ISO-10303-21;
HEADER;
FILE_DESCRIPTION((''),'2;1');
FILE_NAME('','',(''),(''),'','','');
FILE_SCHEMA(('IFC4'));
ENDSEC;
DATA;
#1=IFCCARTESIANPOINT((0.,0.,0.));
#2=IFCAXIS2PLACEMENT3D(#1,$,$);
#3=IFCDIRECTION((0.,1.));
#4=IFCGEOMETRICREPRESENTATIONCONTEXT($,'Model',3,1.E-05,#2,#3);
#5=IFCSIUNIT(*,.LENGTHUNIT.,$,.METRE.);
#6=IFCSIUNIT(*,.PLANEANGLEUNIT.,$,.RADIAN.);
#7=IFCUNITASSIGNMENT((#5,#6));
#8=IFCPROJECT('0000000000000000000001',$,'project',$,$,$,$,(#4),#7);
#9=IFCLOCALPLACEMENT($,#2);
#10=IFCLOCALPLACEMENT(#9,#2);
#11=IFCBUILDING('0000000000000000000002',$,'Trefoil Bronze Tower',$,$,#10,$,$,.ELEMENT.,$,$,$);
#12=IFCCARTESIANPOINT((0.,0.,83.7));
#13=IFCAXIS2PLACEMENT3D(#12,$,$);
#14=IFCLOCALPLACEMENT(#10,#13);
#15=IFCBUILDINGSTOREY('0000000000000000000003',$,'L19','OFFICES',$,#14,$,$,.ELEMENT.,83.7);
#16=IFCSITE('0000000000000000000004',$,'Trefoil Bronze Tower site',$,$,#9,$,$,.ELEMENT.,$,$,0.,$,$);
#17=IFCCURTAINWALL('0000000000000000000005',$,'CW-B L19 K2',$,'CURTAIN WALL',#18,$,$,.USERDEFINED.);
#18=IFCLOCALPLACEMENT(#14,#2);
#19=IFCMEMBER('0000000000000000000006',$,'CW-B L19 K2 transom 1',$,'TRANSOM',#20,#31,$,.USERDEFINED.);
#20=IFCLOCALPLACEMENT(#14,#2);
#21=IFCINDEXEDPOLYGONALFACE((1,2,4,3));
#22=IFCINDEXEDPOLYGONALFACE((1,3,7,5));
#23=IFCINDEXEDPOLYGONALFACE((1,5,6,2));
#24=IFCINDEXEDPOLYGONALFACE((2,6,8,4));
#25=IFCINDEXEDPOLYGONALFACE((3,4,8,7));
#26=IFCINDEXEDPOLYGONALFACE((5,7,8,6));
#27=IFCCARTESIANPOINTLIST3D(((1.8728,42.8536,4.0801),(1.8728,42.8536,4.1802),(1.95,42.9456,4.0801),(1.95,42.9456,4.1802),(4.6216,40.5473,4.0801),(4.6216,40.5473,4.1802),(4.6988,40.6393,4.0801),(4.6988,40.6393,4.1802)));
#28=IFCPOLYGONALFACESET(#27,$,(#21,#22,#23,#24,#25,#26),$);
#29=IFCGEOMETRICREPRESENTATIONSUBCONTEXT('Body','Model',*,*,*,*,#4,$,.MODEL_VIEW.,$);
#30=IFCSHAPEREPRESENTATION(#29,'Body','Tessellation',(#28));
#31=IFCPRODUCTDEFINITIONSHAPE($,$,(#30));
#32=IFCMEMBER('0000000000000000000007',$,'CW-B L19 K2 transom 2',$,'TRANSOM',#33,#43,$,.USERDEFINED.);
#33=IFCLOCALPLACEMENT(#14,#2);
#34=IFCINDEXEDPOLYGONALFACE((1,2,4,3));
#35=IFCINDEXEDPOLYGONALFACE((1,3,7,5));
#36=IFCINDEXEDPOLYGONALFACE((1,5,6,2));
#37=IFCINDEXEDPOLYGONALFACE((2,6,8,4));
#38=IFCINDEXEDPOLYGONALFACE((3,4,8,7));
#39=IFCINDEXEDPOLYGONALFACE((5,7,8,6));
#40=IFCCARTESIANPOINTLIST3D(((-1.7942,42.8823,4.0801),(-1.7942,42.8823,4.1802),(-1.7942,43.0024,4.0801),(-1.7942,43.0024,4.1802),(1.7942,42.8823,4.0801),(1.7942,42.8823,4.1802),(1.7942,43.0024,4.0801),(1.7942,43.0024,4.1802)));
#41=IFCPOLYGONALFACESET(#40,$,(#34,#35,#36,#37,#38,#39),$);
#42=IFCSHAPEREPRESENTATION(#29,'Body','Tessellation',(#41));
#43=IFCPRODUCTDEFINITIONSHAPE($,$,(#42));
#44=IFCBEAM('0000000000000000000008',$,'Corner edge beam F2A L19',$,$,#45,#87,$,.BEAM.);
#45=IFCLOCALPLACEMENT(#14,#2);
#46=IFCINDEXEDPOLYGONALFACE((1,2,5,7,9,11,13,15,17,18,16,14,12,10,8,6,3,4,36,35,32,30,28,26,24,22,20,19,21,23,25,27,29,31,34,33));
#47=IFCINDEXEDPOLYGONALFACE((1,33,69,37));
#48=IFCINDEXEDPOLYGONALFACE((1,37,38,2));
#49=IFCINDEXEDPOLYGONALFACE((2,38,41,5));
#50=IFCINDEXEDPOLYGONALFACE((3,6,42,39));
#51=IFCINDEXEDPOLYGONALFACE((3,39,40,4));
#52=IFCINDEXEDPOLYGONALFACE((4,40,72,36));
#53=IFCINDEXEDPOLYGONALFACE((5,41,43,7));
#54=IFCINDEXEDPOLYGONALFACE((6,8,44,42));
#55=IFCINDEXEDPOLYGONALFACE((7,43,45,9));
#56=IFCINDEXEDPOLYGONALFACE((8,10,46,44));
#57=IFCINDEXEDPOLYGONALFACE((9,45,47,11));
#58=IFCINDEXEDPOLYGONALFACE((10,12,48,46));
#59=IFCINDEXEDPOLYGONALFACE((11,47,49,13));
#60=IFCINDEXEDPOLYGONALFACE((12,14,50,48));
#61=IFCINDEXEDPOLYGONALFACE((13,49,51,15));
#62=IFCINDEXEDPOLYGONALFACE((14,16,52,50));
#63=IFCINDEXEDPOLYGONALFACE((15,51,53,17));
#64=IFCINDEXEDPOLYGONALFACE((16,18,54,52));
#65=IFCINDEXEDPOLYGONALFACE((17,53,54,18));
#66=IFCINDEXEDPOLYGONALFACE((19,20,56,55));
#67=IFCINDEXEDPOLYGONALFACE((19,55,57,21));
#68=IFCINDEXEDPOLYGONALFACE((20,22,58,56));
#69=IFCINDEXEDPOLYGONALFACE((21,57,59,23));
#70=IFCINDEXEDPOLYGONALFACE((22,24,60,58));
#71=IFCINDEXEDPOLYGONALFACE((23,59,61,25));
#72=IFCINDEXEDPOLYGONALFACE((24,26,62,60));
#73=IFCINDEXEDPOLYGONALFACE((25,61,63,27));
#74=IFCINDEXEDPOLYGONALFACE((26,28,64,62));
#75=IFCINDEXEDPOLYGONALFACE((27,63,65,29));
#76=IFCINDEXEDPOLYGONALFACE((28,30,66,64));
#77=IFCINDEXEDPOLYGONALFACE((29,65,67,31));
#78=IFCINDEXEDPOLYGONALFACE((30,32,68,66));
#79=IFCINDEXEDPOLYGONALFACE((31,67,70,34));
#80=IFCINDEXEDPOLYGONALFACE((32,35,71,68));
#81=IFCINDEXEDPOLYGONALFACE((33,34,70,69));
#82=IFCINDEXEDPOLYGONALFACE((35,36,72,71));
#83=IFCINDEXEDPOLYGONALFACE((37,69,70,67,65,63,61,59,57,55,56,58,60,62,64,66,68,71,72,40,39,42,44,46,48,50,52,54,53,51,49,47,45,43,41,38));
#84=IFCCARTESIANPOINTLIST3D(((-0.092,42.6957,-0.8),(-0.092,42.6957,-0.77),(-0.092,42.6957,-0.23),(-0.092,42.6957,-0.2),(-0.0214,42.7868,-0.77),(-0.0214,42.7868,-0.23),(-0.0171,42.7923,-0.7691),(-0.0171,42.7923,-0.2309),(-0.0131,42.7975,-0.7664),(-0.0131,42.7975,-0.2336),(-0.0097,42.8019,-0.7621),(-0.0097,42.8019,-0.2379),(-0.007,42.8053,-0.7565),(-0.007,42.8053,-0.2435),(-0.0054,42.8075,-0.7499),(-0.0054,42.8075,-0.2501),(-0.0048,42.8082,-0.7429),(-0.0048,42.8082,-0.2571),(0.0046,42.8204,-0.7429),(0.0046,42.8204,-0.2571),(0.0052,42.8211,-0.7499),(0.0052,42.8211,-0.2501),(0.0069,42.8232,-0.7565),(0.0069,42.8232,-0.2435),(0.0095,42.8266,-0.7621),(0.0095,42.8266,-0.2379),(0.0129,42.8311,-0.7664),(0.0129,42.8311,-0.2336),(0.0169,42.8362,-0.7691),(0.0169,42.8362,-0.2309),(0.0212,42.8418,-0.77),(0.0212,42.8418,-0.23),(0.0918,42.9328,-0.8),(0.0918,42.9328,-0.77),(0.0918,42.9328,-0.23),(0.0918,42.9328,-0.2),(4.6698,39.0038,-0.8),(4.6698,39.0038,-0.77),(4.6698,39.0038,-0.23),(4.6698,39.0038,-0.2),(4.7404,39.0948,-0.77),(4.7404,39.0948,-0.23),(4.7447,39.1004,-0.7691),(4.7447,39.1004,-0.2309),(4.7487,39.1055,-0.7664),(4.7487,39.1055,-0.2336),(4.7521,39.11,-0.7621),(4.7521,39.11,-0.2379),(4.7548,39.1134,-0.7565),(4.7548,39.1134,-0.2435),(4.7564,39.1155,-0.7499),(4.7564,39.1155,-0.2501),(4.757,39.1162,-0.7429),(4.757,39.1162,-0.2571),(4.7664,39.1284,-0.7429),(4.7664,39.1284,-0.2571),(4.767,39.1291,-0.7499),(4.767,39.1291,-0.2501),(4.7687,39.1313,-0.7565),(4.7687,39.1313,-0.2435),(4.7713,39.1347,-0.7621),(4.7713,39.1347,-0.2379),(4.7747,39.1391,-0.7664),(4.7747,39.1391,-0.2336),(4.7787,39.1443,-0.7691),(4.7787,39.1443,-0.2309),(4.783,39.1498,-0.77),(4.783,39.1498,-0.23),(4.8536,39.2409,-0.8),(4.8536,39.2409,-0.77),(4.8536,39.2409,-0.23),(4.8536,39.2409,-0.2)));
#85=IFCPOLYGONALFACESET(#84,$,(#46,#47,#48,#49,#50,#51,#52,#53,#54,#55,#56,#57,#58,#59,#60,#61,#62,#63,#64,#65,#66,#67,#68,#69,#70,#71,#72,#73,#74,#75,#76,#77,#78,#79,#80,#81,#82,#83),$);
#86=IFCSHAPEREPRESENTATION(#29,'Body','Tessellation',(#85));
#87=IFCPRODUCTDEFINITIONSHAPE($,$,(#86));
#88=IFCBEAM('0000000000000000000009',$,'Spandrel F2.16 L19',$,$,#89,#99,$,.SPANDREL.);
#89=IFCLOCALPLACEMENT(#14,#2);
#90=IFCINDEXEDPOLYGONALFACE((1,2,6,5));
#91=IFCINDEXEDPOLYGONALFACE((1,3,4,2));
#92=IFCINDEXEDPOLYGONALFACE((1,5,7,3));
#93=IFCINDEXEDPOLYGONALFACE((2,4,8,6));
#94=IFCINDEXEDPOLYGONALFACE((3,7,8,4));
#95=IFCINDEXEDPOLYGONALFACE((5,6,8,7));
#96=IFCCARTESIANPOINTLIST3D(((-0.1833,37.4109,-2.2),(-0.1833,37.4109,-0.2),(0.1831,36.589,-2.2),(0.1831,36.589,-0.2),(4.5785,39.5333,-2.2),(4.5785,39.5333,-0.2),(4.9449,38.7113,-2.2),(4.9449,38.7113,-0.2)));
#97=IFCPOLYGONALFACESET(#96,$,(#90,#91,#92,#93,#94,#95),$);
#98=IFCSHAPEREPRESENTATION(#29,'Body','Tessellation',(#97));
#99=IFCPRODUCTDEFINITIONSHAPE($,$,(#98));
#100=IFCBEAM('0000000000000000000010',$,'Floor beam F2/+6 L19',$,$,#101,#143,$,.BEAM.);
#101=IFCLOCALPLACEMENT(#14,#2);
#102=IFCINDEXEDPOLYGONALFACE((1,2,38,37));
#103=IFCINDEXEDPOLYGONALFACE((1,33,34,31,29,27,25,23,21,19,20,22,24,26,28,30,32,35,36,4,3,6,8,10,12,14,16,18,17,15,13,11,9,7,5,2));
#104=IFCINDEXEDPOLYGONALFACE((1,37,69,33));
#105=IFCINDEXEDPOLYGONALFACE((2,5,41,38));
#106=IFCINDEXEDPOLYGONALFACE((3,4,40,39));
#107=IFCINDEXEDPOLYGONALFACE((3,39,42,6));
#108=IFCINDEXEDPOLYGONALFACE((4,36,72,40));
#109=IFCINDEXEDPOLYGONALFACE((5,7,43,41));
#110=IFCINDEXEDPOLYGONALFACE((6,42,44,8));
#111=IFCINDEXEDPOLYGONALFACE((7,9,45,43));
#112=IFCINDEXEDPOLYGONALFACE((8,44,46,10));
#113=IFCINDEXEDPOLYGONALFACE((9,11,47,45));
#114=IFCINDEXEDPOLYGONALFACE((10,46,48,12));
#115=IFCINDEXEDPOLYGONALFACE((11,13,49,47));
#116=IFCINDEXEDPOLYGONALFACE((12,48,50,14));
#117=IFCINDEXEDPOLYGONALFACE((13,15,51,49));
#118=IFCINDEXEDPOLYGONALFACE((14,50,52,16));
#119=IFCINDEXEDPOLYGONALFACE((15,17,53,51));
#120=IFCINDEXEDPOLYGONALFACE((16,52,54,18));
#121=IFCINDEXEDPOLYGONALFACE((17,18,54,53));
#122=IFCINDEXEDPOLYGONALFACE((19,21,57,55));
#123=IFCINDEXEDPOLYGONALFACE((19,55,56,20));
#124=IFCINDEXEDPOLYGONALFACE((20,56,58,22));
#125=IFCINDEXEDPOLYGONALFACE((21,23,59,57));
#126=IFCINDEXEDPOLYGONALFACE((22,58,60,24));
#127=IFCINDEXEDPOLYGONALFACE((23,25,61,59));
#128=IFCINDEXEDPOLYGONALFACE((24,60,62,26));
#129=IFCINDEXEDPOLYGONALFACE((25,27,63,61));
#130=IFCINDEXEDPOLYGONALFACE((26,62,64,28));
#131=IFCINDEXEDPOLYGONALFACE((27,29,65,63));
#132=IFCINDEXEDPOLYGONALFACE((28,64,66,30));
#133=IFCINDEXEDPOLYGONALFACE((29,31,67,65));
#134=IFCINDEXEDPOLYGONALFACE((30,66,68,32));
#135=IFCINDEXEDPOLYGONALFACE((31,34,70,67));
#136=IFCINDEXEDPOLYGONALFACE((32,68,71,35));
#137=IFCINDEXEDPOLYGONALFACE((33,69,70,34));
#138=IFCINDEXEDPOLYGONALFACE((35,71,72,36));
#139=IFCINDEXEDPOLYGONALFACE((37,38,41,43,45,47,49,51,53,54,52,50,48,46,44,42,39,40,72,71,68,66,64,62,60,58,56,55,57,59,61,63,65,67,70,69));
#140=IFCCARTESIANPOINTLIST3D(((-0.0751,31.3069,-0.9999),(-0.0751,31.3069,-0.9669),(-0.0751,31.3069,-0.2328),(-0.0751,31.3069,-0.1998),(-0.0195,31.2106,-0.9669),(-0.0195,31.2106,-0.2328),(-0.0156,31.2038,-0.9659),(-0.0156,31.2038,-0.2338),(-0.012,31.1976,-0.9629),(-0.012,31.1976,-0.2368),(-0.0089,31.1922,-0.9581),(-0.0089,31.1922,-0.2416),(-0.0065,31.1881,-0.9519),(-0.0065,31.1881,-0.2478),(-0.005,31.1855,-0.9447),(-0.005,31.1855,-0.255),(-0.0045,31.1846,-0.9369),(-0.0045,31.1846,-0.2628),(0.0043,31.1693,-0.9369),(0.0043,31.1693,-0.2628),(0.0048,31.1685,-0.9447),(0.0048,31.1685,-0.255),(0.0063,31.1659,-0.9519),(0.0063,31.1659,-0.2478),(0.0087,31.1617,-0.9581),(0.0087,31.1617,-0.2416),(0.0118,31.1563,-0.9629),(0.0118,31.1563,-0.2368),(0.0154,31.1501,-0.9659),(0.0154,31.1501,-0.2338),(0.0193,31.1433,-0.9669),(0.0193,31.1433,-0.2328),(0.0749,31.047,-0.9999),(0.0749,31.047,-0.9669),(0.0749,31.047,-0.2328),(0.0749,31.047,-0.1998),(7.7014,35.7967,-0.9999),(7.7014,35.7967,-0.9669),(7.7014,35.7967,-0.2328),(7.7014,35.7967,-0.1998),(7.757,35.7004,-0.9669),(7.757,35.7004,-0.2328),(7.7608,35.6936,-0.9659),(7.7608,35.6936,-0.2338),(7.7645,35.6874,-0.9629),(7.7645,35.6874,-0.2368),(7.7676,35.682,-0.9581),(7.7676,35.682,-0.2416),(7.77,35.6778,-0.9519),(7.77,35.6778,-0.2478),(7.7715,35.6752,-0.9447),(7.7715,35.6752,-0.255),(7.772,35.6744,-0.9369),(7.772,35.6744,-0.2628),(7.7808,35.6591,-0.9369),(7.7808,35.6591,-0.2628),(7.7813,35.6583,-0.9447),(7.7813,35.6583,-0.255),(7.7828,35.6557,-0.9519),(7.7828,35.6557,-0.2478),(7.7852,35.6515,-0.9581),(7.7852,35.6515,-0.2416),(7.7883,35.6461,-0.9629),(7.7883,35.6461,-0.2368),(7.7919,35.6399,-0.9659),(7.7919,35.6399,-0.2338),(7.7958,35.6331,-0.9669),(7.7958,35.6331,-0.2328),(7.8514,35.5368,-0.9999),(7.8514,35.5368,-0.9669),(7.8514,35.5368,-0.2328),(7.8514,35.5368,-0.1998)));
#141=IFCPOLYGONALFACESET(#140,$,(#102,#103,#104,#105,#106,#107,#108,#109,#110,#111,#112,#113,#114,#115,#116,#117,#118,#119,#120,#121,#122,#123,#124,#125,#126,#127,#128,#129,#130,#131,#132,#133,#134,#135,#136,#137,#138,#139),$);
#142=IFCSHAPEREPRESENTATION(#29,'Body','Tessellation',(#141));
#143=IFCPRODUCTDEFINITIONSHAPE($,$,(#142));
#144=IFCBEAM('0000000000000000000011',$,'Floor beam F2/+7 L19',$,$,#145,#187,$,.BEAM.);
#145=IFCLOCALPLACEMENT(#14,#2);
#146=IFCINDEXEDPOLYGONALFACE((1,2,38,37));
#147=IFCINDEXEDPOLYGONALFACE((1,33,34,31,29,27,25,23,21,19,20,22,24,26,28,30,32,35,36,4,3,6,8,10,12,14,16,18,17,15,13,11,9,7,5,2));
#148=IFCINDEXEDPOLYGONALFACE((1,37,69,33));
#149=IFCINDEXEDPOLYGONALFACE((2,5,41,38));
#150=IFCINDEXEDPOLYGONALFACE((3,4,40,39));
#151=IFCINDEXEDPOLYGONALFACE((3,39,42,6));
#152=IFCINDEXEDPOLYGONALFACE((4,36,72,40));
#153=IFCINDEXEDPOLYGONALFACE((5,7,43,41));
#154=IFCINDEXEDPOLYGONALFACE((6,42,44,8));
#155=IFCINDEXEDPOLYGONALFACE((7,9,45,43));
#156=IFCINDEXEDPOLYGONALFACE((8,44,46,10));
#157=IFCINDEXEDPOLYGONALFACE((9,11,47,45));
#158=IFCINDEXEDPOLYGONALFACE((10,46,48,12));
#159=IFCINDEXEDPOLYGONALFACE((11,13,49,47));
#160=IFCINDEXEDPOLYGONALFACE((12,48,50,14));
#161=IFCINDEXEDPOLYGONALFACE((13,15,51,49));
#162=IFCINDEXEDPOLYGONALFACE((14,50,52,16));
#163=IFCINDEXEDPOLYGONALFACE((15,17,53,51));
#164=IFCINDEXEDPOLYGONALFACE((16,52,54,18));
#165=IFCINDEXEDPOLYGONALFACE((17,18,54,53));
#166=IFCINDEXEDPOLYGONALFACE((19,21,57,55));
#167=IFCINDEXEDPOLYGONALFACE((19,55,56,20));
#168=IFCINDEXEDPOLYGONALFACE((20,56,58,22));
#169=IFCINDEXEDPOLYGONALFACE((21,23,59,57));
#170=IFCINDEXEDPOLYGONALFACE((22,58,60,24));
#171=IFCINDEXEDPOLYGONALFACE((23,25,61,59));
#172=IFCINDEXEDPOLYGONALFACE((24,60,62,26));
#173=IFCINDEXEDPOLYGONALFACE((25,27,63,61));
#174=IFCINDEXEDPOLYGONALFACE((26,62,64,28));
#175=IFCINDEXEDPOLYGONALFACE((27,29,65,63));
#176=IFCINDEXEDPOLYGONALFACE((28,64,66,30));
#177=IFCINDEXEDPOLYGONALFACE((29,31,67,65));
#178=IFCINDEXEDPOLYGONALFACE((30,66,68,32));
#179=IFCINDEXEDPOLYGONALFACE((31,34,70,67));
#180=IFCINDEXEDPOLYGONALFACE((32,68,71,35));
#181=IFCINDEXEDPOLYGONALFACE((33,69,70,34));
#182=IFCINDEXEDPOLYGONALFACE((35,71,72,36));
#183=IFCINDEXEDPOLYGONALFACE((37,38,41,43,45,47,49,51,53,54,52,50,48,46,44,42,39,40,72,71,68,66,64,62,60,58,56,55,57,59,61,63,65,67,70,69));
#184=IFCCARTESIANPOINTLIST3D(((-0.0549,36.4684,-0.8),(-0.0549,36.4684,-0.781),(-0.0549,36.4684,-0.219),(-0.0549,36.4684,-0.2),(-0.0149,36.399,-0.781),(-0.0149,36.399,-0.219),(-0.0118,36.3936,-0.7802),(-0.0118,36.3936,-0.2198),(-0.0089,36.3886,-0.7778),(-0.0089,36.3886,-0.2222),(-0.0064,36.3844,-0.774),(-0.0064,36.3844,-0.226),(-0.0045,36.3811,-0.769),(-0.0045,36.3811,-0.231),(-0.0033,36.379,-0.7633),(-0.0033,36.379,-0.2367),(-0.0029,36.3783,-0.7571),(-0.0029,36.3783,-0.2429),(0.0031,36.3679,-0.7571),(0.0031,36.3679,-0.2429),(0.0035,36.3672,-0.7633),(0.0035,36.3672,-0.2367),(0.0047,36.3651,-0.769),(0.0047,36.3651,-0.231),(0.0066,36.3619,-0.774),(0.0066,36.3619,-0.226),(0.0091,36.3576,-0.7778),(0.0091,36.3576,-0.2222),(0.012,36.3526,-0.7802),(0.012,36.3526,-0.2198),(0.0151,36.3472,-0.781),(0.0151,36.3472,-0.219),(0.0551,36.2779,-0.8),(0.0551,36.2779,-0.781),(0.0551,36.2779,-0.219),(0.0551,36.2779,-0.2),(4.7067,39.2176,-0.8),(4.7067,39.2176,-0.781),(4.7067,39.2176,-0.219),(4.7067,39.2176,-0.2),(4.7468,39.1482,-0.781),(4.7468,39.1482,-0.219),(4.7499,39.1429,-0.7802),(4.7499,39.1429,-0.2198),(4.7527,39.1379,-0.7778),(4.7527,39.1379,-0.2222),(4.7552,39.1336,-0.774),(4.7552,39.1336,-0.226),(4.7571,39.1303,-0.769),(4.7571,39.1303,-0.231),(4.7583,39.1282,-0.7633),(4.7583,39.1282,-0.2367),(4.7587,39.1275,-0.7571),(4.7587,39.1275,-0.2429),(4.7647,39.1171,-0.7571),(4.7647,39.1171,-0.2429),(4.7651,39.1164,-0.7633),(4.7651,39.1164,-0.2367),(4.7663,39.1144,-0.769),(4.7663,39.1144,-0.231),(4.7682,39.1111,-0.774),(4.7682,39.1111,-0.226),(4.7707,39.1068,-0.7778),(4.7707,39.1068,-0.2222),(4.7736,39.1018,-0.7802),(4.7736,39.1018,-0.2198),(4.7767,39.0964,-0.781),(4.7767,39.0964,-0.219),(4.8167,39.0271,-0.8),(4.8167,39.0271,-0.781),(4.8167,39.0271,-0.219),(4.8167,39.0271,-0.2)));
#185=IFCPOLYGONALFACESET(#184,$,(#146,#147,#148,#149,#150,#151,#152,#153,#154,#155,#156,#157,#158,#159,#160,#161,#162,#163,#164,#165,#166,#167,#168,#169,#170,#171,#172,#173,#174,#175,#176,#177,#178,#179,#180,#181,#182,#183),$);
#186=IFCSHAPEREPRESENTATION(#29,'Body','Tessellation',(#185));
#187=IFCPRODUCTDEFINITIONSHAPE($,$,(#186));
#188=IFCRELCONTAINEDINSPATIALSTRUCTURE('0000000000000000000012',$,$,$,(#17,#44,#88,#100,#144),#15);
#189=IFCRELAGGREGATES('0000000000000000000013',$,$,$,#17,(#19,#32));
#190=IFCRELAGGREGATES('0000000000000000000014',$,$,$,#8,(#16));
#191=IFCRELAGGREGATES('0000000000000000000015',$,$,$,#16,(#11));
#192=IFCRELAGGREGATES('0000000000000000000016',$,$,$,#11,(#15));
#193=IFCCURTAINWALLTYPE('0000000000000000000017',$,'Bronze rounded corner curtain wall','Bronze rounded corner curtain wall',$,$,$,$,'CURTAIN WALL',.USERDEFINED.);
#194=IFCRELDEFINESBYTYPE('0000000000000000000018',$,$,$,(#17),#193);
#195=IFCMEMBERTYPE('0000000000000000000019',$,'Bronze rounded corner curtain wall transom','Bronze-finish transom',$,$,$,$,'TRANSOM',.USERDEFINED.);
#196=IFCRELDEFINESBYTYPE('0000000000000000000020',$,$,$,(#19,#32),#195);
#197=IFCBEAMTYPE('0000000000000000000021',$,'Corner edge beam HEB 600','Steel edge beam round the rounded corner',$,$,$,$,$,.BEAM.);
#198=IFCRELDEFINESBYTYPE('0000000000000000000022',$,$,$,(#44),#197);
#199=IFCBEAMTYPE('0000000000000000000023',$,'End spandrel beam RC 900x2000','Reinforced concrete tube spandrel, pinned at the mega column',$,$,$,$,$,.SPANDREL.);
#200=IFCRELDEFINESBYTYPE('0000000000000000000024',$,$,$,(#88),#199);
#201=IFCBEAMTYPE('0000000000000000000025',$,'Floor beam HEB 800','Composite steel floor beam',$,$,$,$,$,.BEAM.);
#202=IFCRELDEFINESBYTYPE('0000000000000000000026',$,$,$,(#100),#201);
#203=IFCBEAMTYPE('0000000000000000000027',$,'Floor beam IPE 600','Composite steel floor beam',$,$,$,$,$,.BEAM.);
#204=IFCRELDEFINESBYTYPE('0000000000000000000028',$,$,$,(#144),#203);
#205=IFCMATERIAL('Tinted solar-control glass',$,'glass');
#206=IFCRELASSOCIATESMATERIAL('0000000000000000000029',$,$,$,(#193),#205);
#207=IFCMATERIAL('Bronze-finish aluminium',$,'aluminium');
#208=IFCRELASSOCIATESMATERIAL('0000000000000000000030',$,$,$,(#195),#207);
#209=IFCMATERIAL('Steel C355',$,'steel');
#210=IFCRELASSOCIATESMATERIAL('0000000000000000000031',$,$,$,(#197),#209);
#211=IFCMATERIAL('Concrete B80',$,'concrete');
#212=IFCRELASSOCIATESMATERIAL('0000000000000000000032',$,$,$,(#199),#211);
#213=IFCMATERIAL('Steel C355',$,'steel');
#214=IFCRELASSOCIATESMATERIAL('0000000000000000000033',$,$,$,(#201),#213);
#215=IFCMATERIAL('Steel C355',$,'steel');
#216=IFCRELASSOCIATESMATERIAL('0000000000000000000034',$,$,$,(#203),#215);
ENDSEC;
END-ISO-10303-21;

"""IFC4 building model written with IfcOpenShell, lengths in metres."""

from ifc_helpers import new_model, si_unit, direction, frame, origin, origin_2d, place, context, subcontext, project, spatial, rectangle, i_section, extrude, material, material_profile, profile_set, type_object, element, aggregate, save


model = new_model("IFC4")

# Units and contexts
model_context = context("Model", 3, precision=1e-05, world=origin(), true_north=direction((0.0, 1.0)))
body_context = subcontext(model_context, "Body", "Model", "MODEL_VIEW")
ifc_project = project(units=[si_unit("LENGTHUNIT", "METRE"), si_unit("PLANEANGLEUNIT", "RADIAN")], contexts=[model_context])

# Site, building, storey
site_placement = place(None, origin())
site = spatial("IfcSite", under=ifc_project, at=site_placement, Name="Trefoil Bronze Tower site", CompositionType="ELEMENT", RefElevation=0.0)
building_placement = place(site_placement, origin())
building = spatial("IfcBuilding", under=site, at=building_placement, Name="Trefoil Bronze Tower", CompositionType="ELEMENT")
storey_placement = place(building_placement, frame((0.0, 0.0, 83.7)))
storey = spatial("IfcBuildingStorey", under=building, at=storey_placement, Name="L19", Description="OFFICES", CompositionType="ELEMENT", Elevation=83.7)

# Curtain wall, members
ifc_material_1 = material(Name="Tinted solar-control glass", Category="glass")
curtain_wall_type_1 = type_object("IfcCurtainWallType", Name="Bronze rounded corner curtain wall", Description="Bronze rounded corner curtain wall", ElementType="CURTAIN WALL", PredefinedType="USERDEFINED", material=ifc_material_1)
curtain_wall_1_placement = place(storey_placement, origin())
curtain_wall_1 = element("IfcCurtainWall", 1, at=curtain_wall_1_placement, inside=storey, type_object=curtain_wall_type_1, Name="CW-B L19 K2", ObjectType="CURTAIN WALL", PredefinedType="USERDEFINED")
ifc_material_2 = material(Name="Bronze-finish aluminium", Category="aluminium")
ifc_material_profile_1 = material_profile(ifc_material_2, rectangle(XDim=0.1201, YDim=0.1001, at=origin_2d()), Name="CW-B transom")
ifc_profile_set_1 = profile_set([ifc_material_profile_1], Name="Bronze-finish aluminium")
member_type_1 = type_object("IfcMemberType", Name="Bronze rounded corner curtain wall transom", Description="Bronze-finish transom", ElementType="TRANSOM", PredefinedType="USERDEFINED", material=ifc_profile_set_1)
member_1_placement = place(storey_placement, frame((4.6602, 40.5933, 4.1301), z_axis=(-0.766059, 0.642771, 0.0), x_axis=(-0.642771, -0.766059, 0.0)))
member_1 = element("IfcMember", 2, at=member_1_placement, type_object=member_type_1, Name="CW-B L19 K2 transom 1", ObjectType="TRANSOM", PredefinedType="USERDEFINED", context=body_context, shape_type="SweptSolid", body=[
    extrude(rectangle(XDim=0.1201, YDim=0.1001, at=origin_2d()), origin(), (0.0, 0.0, 1.0), 3.5881),
])
member_2_placement = place(storey_placement, frame((1.7942, 42.9424, 4.1301), z_axis=(-1.0, 0.0, 0.0), x_axis=(0.0, -1.0, 0.0)))
member_2 = element("IfcMember", 3, at=member_2_placement, type_object=member_type_1, Name="CW-B L19 K2 transom 2", ObjectType="TRANSOM", PredefinedType="USERDEFINED", context=body_context, shape_type="SweptSolid", body=[
    extrude(rectangle(XDim=0.1201, YDim=0.1001, at=origin_2d()), origin(), (0.0, 0.0, 1.0), 3.5884),
])

# Beams
ifc_material_3 = material(Name="Steel C355", Category="steel")
ifc_material_profile_2 = material_profile(ifc_material_3, i_section(OverallWidth=0.3, OverallDepth=0.6001, WebThickness=0.0154, FlangeThickness=0.03, FilletRadius=0.0271, at=origin_2d()), Name="HEB 600")
ifc_profile_set_2 = profile_set([ifc_material_profile_2], Name="Steel C355")
beam_type_1 = type_object("IfcBeamType", Name="Corner edge beam HEB 600", Description="Steel edge beam round the rounded corner", PredefinedType="BEAM", material=ifc_profile_set_2)
beam_1_placement = place(storey_placement, frame((4.7617, 39.1223, -0.5), z_axis=(-0.790289, 0.612734, 0.0), x_axis=(-0.612734, -0.790289, 0.0)))
element("IfcBeam", 4, at=beam_1_placement, inside=storey, type_object=beam_type_1, Name="Corner edge beam F2A L19", PredefinedType="BEAM", context=body_context, shape_type="SweptSolid", body=[
    extrude(i_section(OverallWidth=0.3, OverallDepth=0.6001, WebThickness=0.0154, FlangeThickness=0.03, FilletRadius=0.0271, at=origin_2d()), origin(), (0.0, 0.0, 1.0), 6.0254),
])
ifc_material_4 = material(Name="Concrete B80", Category="concrete")
ifc_material_profile_3 = material_profile(ifc_material_4, rectangle(XDim=0.8999, YDim=2.0, at=origin_2d()), Name="RC 900x2000")
ifc_profile_set_3 = profile_set([ifc_material_profile_3], Name="Concrete B80")
beam_type_2 = type_object("IfcBeamType", Name="End spandrel beam RC 900x2000", Description="Reinforced concrete tube spandrel, pinned at the mega column", PredefinedType="SPANDREL", material=ifc_profile_set_3)
beam_2_placement = place(storey_placement, frame((4.7617, 39.1223, -1.2), z_axis=(-0.913384, -0.407099, 0.0), x_axis=(0.407099, -0.913384, 0.0)))
element("IfcBeam", 5, at=beam_2_placement, inside=storey, type_object=beam_type_2, Name="Spandrel F2.16 L19", PredefinedType="SPANDREL", context=body_context, shape_type="SweptSolid", body=[
    extrude(rectangle(XDim=0.8999, YDim=2.0, at=origin_2d()), origin(), (0.0, 0.0, 1.0), 5.2134),
])
ifc_material_5 = material(Name="Steel C355", Category="steel")
ifc_material_profile_4 = material_profile(ifc_material_5, i_section(OverallWidth=0.3, OverallDepth=0.8, WebThickness=0.0176, FlangeThickness=0.033, FilletRadius=0.03, at=origin_2d()), Name="HEB 800")
ifc_profile_set_4 = profile_set([ifc_material_profile_4], Name="Steel C355")
beam_type_3 = type_object("IfcBeamType", Name="Floor beam HEB 800", Description="Composite steel floor beam", PredefinedType="BEAM", material=ifc_profile_set_4)
beam_3_placement = place(storey_placement, frame((7.7764, 35.6667, -0.5999), z_axis=(-0.866023, -0.500005, 0.0), x_axis=(0.500005, -0.866023, 0.0)))
element("IfcBeam", 6, at=beam_3_placement, inside=storey, type_object=beam_type_3, Name="Floor beam F2/+6 L19", PredefinedType="BEAM", context=body_context, shape_type="SweptSolid", body=[
    extrude(i_section(OverallWidth=0.3, OverallDepth=0.8, WebThickness=0.0176, FlangeThickness=0.033, FilletRadius=0.03, at=origin_2d()), origin(), (0.0, 0.0, 1.0), 8.9795),
])
ifc_material_6 = material(Name="Steel C355", Category="steel")
ifc_material_profile_5 = material_profile(ifc_material_6, i_section(OverallWidth=0.22, OverallDepth=0.6001, WebThickness=0.012, FlangeThickness=0.019, FilletRadius=0.0239, at=origin_2d()), Name="IPE 600")
ifc_profile_set_5 = profile_set([ifc_material_profile_5], Name="Steel C355")
beam_type_4 = type_object("IfcBeamType", Name="Floor beam IPE 600", Description="Composite steel floor beam", PredefinedType="BEAM", material=ifc_profile_set_5)
beam_4_placement = place(storey_placement, frame((4.7617, 39.1223, -0.5), z_axis=(-0.866018, -0.500012, 0.0), x_axis=(0.500012, -0.866018, 0.0)))
element("IfcBeam", 7, at=beam_4_placement, inside=storey, type_object=beam_type_4, Name="Floor beam F2/+7 L19", PredefinedType="BEAM", context=body_context, shape_type="SweptSolid", body=[
    extrude(i_section(OverallWidth=0.22, OverallDepth=0.6001, WebThickness=0.012, FlangeThickness=0.019, FilletRadius=0.0239, at=origin_2d()), origin(), (0.0, 0.0, 1.0), 5.4983),
])

aggregate(curtain_wall_1, [member_1, member_2])

save(model, "model.ifc")
